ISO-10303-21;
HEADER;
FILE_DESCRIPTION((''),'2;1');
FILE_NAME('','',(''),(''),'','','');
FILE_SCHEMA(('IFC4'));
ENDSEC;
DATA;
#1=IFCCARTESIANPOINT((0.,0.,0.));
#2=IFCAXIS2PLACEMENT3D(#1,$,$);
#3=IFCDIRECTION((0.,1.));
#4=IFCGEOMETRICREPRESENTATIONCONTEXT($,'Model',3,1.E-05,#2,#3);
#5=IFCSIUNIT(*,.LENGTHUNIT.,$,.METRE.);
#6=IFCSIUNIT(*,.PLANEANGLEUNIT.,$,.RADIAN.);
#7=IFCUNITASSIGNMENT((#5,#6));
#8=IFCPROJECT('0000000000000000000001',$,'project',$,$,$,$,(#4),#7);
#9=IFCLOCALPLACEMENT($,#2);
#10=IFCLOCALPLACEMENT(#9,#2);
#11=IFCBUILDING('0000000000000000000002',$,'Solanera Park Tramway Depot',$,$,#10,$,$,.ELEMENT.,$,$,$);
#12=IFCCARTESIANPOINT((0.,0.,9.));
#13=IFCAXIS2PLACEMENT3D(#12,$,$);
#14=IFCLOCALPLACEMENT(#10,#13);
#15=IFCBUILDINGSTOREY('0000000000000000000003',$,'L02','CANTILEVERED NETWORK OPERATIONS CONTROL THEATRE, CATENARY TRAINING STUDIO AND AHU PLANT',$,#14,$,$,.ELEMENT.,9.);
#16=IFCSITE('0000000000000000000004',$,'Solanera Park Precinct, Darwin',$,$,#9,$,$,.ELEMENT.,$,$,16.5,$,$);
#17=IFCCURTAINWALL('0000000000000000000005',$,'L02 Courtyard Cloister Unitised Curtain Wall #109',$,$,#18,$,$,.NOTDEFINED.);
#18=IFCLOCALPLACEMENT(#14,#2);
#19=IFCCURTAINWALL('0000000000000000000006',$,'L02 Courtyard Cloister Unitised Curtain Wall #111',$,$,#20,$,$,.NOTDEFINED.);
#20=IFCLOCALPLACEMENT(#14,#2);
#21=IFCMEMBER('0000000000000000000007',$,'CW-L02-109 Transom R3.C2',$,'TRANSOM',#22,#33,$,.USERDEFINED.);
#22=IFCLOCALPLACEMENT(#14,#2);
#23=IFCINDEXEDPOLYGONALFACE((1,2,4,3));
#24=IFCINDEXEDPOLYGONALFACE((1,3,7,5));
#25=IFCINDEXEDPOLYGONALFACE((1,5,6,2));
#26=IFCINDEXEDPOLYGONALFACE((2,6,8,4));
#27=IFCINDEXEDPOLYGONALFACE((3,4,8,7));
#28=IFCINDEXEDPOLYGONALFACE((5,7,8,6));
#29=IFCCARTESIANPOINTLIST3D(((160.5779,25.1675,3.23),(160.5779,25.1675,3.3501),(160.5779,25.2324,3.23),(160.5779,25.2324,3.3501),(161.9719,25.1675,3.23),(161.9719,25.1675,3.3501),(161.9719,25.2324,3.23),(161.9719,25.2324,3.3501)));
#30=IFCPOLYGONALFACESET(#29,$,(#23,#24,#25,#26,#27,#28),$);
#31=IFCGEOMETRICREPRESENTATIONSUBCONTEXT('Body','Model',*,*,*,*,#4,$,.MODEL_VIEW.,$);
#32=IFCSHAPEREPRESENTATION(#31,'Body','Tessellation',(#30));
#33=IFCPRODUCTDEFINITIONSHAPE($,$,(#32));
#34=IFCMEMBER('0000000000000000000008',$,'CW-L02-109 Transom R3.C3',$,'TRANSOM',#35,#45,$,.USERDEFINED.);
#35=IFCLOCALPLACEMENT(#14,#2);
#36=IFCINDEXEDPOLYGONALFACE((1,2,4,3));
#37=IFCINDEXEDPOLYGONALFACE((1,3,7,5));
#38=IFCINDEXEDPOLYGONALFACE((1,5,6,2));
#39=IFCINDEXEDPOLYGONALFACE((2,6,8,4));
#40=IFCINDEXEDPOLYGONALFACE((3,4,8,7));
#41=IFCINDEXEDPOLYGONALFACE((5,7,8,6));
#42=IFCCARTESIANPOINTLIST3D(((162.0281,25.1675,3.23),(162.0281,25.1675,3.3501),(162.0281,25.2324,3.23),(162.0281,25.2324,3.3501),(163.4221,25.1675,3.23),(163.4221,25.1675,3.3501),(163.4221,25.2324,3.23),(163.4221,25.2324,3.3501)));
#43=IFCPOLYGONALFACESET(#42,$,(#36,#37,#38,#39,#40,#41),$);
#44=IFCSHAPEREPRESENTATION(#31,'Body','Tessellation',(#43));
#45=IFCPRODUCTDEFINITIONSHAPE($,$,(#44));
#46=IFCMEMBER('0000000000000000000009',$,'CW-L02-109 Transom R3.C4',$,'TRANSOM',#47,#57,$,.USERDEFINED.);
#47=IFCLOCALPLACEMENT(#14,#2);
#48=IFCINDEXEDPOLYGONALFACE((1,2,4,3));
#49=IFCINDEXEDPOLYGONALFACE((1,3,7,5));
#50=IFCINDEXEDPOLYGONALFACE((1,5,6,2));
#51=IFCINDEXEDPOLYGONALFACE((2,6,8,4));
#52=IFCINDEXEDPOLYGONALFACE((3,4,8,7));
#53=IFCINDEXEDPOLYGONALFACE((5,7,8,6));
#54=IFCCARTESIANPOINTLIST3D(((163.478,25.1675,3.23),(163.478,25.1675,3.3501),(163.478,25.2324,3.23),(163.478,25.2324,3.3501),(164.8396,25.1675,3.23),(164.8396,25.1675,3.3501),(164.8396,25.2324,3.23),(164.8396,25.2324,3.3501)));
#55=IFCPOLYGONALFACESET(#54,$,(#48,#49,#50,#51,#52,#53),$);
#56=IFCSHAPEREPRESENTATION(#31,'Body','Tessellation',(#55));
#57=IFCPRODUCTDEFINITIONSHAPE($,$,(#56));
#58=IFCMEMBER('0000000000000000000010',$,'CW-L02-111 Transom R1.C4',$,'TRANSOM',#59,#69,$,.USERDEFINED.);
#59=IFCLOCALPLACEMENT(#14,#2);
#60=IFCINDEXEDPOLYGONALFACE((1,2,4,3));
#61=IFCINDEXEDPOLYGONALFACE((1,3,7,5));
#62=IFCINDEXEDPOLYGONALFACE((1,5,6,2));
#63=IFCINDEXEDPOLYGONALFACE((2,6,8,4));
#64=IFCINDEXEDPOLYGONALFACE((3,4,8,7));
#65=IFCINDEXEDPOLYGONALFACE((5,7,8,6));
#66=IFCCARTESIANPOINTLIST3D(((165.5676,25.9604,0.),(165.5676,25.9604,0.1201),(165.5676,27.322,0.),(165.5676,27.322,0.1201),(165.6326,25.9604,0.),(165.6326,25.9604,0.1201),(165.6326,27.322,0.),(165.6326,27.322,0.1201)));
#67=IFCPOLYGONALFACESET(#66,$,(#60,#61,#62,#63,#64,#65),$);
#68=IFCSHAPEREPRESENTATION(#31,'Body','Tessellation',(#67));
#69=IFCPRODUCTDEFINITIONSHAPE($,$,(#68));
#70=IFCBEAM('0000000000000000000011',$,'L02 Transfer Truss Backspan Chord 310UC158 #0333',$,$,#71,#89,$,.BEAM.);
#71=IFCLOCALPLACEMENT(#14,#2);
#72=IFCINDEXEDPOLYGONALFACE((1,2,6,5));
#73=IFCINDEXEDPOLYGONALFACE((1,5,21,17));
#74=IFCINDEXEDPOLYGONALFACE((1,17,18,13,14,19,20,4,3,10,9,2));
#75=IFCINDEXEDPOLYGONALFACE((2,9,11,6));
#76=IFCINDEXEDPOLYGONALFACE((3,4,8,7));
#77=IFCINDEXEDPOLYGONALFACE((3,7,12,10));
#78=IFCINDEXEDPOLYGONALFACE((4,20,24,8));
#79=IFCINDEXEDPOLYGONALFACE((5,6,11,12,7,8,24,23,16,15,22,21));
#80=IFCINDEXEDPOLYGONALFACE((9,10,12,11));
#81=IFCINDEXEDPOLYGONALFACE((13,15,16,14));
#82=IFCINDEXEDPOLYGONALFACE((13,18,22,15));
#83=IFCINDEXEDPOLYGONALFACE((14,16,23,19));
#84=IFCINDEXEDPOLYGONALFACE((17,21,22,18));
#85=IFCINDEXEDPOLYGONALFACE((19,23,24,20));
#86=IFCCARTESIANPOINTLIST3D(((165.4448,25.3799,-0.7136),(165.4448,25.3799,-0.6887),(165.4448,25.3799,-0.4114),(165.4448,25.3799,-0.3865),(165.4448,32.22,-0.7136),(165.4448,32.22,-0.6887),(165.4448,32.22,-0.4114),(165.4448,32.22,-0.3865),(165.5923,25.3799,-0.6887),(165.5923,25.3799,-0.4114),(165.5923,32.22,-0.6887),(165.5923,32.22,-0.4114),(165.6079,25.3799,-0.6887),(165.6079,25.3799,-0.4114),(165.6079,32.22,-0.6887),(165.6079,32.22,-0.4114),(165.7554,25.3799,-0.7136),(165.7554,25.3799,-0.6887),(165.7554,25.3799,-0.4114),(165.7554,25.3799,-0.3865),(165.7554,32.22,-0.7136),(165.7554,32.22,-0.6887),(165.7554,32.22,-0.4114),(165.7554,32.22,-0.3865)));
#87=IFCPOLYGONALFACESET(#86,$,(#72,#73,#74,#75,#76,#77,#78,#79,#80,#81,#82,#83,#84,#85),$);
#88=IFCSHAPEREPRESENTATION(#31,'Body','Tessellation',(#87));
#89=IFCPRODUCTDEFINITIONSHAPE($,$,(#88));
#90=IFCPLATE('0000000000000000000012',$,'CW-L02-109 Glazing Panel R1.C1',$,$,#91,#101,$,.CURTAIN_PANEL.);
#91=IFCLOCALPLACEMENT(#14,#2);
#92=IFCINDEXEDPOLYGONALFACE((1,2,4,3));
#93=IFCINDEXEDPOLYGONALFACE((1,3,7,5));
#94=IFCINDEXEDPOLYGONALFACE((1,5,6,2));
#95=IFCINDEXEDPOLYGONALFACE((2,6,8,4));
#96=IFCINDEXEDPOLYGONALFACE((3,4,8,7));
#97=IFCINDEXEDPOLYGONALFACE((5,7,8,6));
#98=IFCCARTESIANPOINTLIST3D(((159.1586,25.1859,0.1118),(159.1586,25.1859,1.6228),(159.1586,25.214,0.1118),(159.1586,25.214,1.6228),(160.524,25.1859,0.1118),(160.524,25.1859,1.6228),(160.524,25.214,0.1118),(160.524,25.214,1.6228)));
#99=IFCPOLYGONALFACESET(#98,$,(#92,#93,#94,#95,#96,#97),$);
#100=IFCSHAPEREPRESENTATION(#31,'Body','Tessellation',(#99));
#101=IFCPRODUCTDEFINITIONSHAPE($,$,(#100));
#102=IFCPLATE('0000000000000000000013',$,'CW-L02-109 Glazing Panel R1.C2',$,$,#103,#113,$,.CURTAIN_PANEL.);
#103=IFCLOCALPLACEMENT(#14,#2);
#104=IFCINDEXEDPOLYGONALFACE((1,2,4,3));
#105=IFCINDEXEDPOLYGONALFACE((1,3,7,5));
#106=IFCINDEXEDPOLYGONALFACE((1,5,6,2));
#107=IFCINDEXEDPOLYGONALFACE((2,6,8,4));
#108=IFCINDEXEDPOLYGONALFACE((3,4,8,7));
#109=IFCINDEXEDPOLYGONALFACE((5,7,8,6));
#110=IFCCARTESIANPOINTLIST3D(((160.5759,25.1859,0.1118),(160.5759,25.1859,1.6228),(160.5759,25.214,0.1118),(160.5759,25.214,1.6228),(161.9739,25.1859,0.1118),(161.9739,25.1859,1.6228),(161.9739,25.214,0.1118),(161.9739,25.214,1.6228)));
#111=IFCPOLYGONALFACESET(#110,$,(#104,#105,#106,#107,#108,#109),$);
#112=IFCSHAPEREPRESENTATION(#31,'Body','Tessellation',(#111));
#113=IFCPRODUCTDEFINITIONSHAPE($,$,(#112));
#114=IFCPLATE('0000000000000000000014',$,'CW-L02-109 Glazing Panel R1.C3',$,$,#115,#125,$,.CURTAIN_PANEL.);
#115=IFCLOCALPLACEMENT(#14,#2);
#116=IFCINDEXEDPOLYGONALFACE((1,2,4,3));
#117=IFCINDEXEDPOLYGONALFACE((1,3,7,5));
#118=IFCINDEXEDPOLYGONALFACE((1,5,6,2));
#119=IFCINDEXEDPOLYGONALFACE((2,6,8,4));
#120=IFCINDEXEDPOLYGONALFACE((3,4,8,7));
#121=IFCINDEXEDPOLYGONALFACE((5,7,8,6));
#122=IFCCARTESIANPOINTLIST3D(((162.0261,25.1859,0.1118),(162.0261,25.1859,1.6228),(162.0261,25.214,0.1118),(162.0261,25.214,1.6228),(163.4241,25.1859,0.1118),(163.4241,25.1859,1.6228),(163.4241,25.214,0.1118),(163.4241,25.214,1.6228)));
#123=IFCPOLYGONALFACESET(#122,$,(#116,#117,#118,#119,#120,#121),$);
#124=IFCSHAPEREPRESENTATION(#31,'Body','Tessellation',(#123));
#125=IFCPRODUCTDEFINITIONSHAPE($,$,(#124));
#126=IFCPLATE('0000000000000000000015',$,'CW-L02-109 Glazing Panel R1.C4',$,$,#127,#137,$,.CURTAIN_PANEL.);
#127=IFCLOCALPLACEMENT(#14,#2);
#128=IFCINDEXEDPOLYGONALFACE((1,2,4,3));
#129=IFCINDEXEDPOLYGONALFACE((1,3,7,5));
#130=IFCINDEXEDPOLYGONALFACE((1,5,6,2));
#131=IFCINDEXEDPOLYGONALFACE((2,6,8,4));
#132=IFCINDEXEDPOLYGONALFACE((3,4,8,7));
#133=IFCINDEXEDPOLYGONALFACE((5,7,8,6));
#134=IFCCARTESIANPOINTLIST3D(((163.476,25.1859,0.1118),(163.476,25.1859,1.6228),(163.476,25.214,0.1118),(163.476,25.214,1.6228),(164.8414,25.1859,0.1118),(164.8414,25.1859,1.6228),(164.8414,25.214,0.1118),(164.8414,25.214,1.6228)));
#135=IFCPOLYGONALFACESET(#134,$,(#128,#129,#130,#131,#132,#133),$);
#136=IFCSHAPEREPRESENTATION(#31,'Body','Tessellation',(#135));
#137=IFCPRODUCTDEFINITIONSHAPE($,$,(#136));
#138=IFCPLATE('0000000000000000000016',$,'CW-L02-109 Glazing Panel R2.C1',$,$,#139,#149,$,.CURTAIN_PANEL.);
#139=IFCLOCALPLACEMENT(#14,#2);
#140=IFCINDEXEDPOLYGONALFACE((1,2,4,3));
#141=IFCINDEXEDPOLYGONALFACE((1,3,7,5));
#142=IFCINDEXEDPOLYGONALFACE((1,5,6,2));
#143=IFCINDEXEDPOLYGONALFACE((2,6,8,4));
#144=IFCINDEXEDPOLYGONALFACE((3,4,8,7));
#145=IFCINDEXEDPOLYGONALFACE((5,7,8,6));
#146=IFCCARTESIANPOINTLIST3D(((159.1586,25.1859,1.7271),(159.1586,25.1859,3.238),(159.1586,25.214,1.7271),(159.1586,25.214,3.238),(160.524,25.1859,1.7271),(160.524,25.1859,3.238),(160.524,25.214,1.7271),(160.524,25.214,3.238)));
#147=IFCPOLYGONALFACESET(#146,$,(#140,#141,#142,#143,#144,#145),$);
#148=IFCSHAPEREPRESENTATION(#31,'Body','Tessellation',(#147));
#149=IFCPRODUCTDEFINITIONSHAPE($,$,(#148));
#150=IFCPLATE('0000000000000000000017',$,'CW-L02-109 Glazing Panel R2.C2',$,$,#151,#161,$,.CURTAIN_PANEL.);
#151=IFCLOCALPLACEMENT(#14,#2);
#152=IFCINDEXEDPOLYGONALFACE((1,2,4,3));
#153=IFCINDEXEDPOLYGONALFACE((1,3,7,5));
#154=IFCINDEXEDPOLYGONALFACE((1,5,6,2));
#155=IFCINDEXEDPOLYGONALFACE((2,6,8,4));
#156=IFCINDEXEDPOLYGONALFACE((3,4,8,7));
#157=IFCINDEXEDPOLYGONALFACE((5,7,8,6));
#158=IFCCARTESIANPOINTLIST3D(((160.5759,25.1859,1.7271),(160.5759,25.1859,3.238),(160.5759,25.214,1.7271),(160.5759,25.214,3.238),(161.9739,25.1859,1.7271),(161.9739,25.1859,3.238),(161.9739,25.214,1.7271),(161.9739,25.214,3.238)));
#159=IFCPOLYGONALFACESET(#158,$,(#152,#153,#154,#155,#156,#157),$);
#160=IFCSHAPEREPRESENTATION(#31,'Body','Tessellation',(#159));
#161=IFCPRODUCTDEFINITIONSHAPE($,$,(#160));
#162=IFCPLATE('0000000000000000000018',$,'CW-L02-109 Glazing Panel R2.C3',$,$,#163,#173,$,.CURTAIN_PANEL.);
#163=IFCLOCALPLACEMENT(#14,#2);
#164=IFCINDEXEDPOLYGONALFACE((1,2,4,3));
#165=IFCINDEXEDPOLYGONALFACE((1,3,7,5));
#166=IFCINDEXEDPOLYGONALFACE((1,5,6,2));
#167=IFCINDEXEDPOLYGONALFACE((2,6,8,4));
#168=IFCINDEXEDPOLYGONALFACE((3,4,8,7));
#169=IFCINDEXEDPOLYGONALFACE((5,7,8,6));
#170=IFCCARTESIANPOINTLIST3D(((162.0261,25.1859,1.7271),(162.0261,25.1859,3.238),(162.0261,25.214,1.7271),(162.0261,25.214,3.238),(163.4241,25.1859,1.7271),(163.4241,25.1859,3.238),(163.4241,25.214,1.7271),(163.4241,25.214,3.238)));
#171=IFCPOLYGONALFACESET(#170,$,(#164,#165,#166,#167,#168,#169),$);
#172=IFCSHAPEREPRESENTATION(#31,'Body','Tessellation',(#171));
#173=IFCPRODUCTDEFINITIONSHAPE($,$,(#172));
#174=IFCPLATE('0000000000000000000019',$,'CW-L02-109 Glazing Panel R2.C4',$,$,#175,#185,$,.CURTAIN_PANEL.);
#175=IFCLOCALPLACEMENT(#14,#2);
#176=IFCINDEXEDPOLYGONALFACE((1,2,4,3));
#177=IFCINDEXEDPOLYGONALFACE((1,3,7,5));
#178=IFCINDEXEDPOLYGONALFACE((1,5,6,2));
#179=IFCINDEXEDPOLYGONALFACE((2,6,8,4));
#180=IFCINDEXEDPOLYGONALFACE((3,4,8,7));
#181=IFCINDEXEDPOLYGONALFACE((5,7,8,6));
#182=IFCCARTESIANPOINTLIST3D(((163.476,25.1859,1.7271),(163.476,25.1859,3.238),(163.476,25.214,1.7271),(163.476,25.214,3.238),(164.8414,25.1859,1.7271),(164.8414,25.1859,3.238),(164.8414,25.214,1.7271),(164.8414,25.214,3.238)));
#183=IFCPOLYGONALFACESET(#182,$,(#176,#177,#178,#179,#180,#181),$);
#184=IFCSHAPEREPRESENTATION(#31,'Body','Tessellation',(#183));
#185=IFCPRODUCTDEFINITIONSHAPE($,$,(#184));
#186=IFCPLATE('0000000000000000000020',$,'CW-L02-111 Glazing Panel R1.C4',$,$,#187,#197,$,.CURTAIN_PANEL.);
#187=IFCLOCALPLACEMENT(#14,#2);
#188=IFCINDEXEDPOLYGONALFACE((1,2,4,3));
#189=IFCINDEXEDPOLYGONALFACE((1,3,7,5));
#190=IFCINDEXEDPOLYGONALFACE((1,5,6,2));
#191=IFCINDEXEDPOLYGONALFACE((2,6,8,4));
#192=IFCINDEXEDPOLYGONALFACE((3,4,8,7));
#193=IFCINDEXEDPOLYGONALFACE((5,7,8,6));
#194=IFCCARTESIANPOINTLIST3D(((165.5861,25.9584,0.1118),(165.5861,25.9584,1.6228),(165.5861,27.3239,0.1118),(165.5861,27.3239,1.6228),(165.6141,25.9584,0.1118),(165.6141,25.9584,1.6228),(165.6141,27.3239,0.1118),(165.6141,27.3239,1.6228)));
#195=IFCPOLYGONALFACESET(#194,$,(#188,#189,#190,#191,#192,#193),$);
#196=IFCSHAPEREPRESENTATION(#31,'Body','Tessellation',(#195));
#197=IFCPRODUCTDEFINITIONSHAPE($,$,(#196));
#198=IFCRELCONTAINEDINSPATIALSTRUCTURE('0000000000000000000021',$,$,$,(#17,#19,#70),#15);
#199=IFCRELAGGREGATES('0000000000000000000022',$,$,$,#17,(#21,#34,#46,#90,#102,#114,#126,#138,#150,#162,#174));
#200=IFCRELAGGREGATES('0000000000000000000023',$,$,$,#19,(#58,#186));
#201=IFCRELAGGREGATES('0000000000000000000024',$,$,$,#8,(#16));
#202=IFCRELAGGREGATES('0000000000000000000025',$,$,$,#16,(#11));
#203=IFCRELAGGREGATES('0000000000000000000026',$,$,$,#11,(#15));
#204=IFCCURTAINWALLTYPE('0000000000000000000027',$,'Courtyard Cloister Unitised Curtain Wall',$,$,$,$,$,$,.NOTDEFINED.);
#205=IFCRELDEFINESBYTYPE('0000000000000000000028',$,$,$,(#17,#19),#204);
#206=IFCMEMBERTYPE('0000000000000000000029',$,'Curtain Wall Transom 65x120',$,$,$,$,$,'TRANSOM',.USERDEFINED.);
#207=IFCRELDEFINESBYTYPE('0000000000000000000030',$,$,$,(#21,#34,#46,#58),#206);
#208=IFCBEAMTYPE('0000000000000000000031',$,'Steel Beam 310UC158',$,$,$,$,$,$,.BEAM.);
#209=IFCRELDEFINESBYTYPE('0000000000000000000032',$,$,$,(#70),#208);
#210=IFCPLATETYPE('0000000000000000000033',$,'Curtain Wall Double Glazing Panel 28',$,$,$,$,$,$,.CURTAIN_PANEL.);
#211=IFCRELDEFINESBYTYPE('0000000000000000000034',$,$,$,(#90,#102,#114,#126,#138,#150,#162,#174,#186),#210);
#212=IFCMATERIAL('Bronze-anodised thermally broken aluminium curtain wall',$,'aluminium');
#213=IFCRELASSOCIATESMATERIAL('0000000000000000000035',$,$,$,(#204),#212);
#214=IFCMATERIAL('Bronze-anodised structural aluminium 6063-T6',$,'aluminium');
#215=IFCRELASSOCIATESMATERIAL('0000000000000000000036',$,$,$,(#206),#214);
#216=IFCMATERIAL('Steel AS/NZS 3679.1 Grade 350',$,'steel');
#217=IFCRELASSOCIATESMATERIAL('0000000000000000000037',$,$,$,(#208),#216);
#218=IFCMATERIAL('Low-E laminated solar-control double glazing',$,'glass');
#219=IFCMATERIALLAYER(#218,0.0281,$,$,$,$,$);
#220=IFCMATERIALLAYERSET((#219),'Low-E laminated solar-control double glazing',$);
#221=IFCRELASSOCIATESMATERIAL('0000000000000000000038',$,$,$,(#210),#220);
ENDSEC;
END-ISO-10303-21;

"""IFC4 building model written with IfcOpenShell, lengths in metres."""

from ifc_helpers import new_model, si_unit, direction, frame, origin, origin_2d, place, context, subcontext, project, spatial, rectangle, i_section, extrude, material, layer, layer_set, material_profile, profile_set, type_object, element, aggregate, save


model = new_model("IFC4")

# Units and contexts
model_context = context("Model", 3, precision=1e-05, world=origin(), true_north=direction((0.0, 1.0)))
body_context = subcontext(model_context, "Body", "Model", "MODEL_VIEW")
ifc_project = project(units=[si_unit("LENGTHUNIT", "METRE"), si_unit("PLANEANGLEUNIT", "RADIAN")], contexts=[model_context])

# Site, building, storey
site_placement = place(None, origin())
site = spatial("IfcSite", under=ifc_project, at=site_placement, Name="Solanera Park Precinct, Darwin", CompositionType="ELEMENT", RefElevation=16.5)
building_placement = place(site_placement, origin())
building = spatial("IfcBuilding", under=site, at=building_placement, Name="Solanera Park Tramway Depot", CompositionType="ELEMENT")
storey_placement = place(building_placement, frame((0.0, 0.0, 9.0)))
storey = spatial("IfcBuildingStorey", under=building, at=storey_placement, Name="L02", Description="CANTILEVERED NETWORK OPERATIONS CONTROL THEATRE, CATENARY TRAINING STUDIO AND AHU PLANT", CompositionType="ELEMENT", Elevation=9.0)

# Curtain wall
ifc_material_1 = material(Name="Bronze-anodised thermally broken aluminium curtain wall", Category="aluminium")
curtain_wall_type = type_object("IfcCurtainWallType", Name="Courtyard Cloister Unitised Curtain Wall", PredefinedType="NOTDEFINED", material=ifc_material_1)
curtain_wall_1_placement = place(storey_placement, origin())
curtain_wall_1 = element("IfcCurtainWall", 1, at=curtain_wall_1_placement, inside=storey, type_object=curtain_wall_type, Name="L02 Courtyard Cloister Unitised Curtain Wall #109", PredefinedType="NOTDEFINED")

# Curtain wall
curtain_wall_2_placement = place(storey_placement, origin())
curtain_wall_2 = element("IfcCurtainWall", 2, at=curtain_wall_2_placement, inside=storey, type_object=curtain_wall_type, Name="L02 Courtyard Cloister Unitised Curtain Wall #111", PredefinedType="NOTDEFINED")

# Members
ifc_material_2 = material(Name="Bronze-anodised structural aluminium 6063-T6", Category="aluminium")
ifc_material_profile_1 = material_profile(ifc_material_2, rectangle(XDim=0.0649, YDim=0.1201, at=origin_2d()), Name="Curtain Wall Transom 65x120")
ifc_profile_set_1 = profile_set([ifc_material_profile_1], Name="Bronze-anodised structural aluminium 6063-T6")
member_type_1 = type_object("IfcMemberType", Name="Curtain Wall Transom 65x120", ElementType="TRANSOM", PredefinedType="USERDEFINED", material=ifc_profile_set_1)
member_1_placement = place(storey_placement, frame((160.5779, 25.2, 3.29), z_axis=(1.0, 0.0, 0.0), x_axis=(0.0, 1.0, 0.0)))
member_1 = element("IfcMember", 3, at=member_1_placement, type_object=member_type_1, Name="CW-L02-109 Transom R3.C2", ObjectType="TRANSOM", PredefinedType="USERDEFINED", context=body_context, shape_type="SweptSolid", body=[
    extrude(rectangle(XDim=0.0649, YDim=0.1201, at=origin_2d()), origin(), (0.0, 0.0, 1.0), 1.394),
])
member_2_placement = place(storey_placement, frame((162.0281, 25.2, 3.29), z_axis=(1.0, 0.0, 0.0), x_axis=(0.0, 1.0, 0.0)))
member_2 = element("IfcMember", 4, at=member_2_placement, type_object=member_type_1, Name="CW-L02-109 Transom R3.C3", ObjectType="TRANSOM", PredefinedType="USERDEFINED", context=body_context, shape_type="SweptSolid", body=[
    extrude(rectangle(XDim=0.0649, YDim=0.1201, at=origin_2d()), origin(), (0.0, 0.0, 1.0), 1.394),
])
member_3_placement = place(storey_placement, frame((163.478, 25.2, 3.29), z_axis=(1.0, 0.0, 0.0), x_axis=(0.0, 1.0, 0.0)))
member_3 = element("IfcMember", 5, at=member_3_placement, type_object=member_type_1, Name="CW-L02-109 Transom R3.C4", ObjectType="TRANSOM", PredefinedType="USERDEFINED", context=body_context, shape_type="SweptSolid", body=[
    extrude(rectangle(XDim=0.0649, YDim=0.1201, at=origin_2d()), origin(), (0.0, 0.0, 1.0), 1.3616),
])
member_4_placement = place(storey_placement, frame((165.6001, 27.322, 0.0601), z_axis=(0.0, -1.0, 0.0), x_axis=(1.0, 0.0, 0.0)))
member_4 = element("IfcMember", 6, at=member_4_placement, type_object=member_type_1, Name="CW-L02-111 Transom R1.C4", ObjectType="TRANSOM", PredefinedType="USERDEFINED", context=body_context, shape_type="SweptSolid", body=[
    extrude(rectangle(XDim=0.0649, YDim=0.1201, at=origin_2d()), origin(), (0.0, 0.0, 1.0), 1.3616),
])

# Beam
ifc_material_3 = material(Name="Steel AS/NZS 3679.1 Grade 350", Category="steel")
ifc_material_profile_2 = material_profile(ifc_material_3, i_section(OverallWidth=0.3105, OverallDepth=0.3271, WebThickness=0.0156, FlangeThickness=0.0249, at=origin_2d()), Name="310UC158")
ifc_profile_set_2 = profile_set([ifc_material_profile_2], Name="Steel AS/NZS 3679.1 Grade 350")
beam_type = type_object("IfcBeamType", Name="Steel Beam 310UC158", PredefinedType="BEAM", material=ifc_profile_set_2)
beam_placement = place(storey_placement, frame((165.6001, 25.3799, -0.55), z_axis=(0.0, 1.0, 0.0), x_axis=(-1.0, 0.0, 0.0)))
element("IfcBeam", 7, at=beam_placement, inside=storey, type_object=beam_type, Name="L02 Transfer Truss Backspan Chord 310UC158 #0333", PredefinedType="BEAM", context=body_context, shape_type="SweptSolid", body=[
    extrude(i_section(OverallWidth=0.3105, OverallDepth=0.3271, WebThickness=0.0156, FlangeThickness=0.0249, at=origin_2d()), origin(), (0.0, 0.0, 1.0), 6.8401),
])

# Plates
ifc_material_4 = material(Name="Low-E laminated solar-control double glazing", Category="glass")
ifc_layer_1 = layer(ifc_material_4, 0.0281)
ifc_layer_set_1 = layer_set([ifc_layer_1], Name="Low-E laminated solar-control double glazing")
plate_type_1 = type_object("IfcPlateType", Name="Curtain Wall Double Glazing Panel 28", PredefinedType="CURTAIN_PANEL", material=ifc_layer_set_1)
plate_1_placement = place(storey_placement, frame((159.8413, 25.2, 0.1118), z_axis=(0.0, 0.0, 1.0), x_axis=(1.0, 0.0, 0.0)))
plate_1 = element("IfcPlate", 8, at=plate_1_placement, type_object=plate_type_1, Name="CW-L02-109 Glazing Panel R1.C1", PredefinedType="CURTAIN_PANEL", context=body_context, shape_type="SweptSolid", body=[
    extrude(rectangle(XDim=1.3655, YDim=0.0281, at=origin_2d()), origin(), (0.0, 0.0, 1.0), 1.511),
])
plate_2_placement = place(storey_placement, frame((161.2749, 25.2, 0.1118), z_axis=(0.0, 0.0, 1.0), x_axis=(1.0, 0.0, 0.0)))
plate_2 = element("IfcPlate", 9, at=plate_2_placement, type_object=plate_type_1, Name="CW-L02-109 Glazing Panel R1.C2", PredefinedType="CURTAIN_PANEL", context=body_context, shape_type="SweptSolid", body=[
    extrude(rectangle(XDim=1.3979, YDim=0.0281, at=origin_2d()), origin(), (0.0, 0.0, 1.0), 1.511),
])
plate_3_placement = place(storey_placement, frame((162.7251, 25.2, 0.1118), z_axis=(0.0, 0.0, 1.0), x_axis=(1.0, 0.0, 0.0)))
plate_3 = element("IfcPlate", 10, at=plate_3_placement, type_object=plate_type_1, Name="CW-L02-109 Glazing Panel R1.C3", PredefinedType="CURTAIN_PANEL", context=body_context, shape_type="SweptSolid", body=[
    extrude(rectangle(XDim=1.3979, YDim=0.0281, at=origin_2d()), origin(), (0.0, 0.0, 1.0), 1.511),
])
plate_4_placement = place(storey_placement, frame((164.1587, 25.2, 0.1118), z_axis=(0.0, 0.0, 1.0), x_axis=(1.0, 0.0, 0.0)))
plate_4 = element("IfcPlate", 11, at=plate_4_placement, type_object=plate_type_1, Name="CW-L02-109 Glazing Panel R1.C4", PredefinedType="CURTAIN_PANEL", context=body_context, shape_type="SweptSolid", body=[
    extrude(rectangle(XDim=1.3655, YDim=0.0281, at=origin_2d()), origin(), (0.0, 0.0, 1.0), 1.511),
])
plate_5_placement = place(storey_placement, frame((159.8413, 25.2, 1.7271), z_axis=(0.0, 0.0, 1.0), x_axis=(1.0, 0.0, 0.0)))
plate_5 = element("IfcPlate", 12, at=plate_5_placement, type_object=plate_type_1, Name="CW-L02-109 Glazing Panel R2.C1", PredefinedType="CURTAIN_PANEL", context=body_context, shape_type="SweptSolid", body=[
    extrude(rectangle(XDim=1.3655, YDim=0.0281, at=origin_2d()), origin(), (0.0, 0.0, 1.0), 1.511),
])
plate_6_placement = place(storey_placement, frame((161.2749, 25.2, 1.7271), z_axis=(0.0, 0.0, 1.0), x_axis=(1.0, 0.0, 0.0)))
plate_6 = element("IfcPlate", 13, at=plate_6_placement, type_object=plate_type_1, Name="CW-L02-109 Glazing Panel R2.C2", PredefinedType="CURTAIN_PANEL", context=body_context, shape_type="SweptSolid", body=[
    extrude(rectangle(XDim=1.3979, YDim=0.0281, at=origin_2d()), origin(), (0.0, 0.0, 1.0), 1.511),
])
plate_7_placement = place(storey_placement, frame((162.7251, 25.2, 1.7271), z_axis=(0.0, 0.0, 1.0), x_axis=(1.0, 0.0, 0.0)))
plate_7 = element("IfcPlate", 14, at=plate_7_placement, type_object=plate_type_1, Name="CW-L02-109 Glazing Panel R2.C3", PredefinedType="CURTAIN_PANEL", context=body_context, shape_type="SweptSolid", body=[
    extrude(rectangle(XDim=1.3979, YDim=0.0281, at=origin_2d()), origin(), (0.0, 0.0, 1.0), 1.511),
])
plate_8_placement = place(storey_placement, frame((164.1587, 25.2, 1.7271), z_axis=(0.0, 0.0, 1.0), x_axis=(1.0, 0.0, 0.0)))
plate_8 = element("IfcPlate", 15, at=plate_8_placement, type_object=plate_type_1, Name="CW-L02-109 Glazing Panel R2.C4", PredefinedType="CURTAIN_PANEL", context=body_context, shape_type="SweptSolid", body=[
    extrude(rectangle(XDim=1.3655, YDim=0.0281, at=origin_2d()), origin(), (0.0, 0.0, 1.0), 1.511),
])
aggregate(curtain_wall_1, [member_1, member_2, member_3, plate_1, plate_2, plate_3, plate_4, plate_5, plate_6, plate_7, plate_8])
plate_9_placement = place(storey_placement, frame((165.6001, 26.6411, 0.1118), z_axis=(0.0, 0.0, 1.0), x_axis=(0.0, -1.0, 0.0)))
plate_9 = element("IfcPlate", 16, at=plate_9_placement, type_object=plate_type_1, Name="CW-L02-111 Glazing Panel R1.C4", PredefinedType="CURTAIN_PANEL", context=body_context, shape_type="SweptSolid", body=[
    extrude(rectangle(XDim=1.3655, YDim=0.0281, at=origin_2d()), origin(), (0.0, 0.0, 1.0), 1.511),
])
aggregate(curtain_wall_2, [member_4, plate_9])

save(model, "model.ifc")
